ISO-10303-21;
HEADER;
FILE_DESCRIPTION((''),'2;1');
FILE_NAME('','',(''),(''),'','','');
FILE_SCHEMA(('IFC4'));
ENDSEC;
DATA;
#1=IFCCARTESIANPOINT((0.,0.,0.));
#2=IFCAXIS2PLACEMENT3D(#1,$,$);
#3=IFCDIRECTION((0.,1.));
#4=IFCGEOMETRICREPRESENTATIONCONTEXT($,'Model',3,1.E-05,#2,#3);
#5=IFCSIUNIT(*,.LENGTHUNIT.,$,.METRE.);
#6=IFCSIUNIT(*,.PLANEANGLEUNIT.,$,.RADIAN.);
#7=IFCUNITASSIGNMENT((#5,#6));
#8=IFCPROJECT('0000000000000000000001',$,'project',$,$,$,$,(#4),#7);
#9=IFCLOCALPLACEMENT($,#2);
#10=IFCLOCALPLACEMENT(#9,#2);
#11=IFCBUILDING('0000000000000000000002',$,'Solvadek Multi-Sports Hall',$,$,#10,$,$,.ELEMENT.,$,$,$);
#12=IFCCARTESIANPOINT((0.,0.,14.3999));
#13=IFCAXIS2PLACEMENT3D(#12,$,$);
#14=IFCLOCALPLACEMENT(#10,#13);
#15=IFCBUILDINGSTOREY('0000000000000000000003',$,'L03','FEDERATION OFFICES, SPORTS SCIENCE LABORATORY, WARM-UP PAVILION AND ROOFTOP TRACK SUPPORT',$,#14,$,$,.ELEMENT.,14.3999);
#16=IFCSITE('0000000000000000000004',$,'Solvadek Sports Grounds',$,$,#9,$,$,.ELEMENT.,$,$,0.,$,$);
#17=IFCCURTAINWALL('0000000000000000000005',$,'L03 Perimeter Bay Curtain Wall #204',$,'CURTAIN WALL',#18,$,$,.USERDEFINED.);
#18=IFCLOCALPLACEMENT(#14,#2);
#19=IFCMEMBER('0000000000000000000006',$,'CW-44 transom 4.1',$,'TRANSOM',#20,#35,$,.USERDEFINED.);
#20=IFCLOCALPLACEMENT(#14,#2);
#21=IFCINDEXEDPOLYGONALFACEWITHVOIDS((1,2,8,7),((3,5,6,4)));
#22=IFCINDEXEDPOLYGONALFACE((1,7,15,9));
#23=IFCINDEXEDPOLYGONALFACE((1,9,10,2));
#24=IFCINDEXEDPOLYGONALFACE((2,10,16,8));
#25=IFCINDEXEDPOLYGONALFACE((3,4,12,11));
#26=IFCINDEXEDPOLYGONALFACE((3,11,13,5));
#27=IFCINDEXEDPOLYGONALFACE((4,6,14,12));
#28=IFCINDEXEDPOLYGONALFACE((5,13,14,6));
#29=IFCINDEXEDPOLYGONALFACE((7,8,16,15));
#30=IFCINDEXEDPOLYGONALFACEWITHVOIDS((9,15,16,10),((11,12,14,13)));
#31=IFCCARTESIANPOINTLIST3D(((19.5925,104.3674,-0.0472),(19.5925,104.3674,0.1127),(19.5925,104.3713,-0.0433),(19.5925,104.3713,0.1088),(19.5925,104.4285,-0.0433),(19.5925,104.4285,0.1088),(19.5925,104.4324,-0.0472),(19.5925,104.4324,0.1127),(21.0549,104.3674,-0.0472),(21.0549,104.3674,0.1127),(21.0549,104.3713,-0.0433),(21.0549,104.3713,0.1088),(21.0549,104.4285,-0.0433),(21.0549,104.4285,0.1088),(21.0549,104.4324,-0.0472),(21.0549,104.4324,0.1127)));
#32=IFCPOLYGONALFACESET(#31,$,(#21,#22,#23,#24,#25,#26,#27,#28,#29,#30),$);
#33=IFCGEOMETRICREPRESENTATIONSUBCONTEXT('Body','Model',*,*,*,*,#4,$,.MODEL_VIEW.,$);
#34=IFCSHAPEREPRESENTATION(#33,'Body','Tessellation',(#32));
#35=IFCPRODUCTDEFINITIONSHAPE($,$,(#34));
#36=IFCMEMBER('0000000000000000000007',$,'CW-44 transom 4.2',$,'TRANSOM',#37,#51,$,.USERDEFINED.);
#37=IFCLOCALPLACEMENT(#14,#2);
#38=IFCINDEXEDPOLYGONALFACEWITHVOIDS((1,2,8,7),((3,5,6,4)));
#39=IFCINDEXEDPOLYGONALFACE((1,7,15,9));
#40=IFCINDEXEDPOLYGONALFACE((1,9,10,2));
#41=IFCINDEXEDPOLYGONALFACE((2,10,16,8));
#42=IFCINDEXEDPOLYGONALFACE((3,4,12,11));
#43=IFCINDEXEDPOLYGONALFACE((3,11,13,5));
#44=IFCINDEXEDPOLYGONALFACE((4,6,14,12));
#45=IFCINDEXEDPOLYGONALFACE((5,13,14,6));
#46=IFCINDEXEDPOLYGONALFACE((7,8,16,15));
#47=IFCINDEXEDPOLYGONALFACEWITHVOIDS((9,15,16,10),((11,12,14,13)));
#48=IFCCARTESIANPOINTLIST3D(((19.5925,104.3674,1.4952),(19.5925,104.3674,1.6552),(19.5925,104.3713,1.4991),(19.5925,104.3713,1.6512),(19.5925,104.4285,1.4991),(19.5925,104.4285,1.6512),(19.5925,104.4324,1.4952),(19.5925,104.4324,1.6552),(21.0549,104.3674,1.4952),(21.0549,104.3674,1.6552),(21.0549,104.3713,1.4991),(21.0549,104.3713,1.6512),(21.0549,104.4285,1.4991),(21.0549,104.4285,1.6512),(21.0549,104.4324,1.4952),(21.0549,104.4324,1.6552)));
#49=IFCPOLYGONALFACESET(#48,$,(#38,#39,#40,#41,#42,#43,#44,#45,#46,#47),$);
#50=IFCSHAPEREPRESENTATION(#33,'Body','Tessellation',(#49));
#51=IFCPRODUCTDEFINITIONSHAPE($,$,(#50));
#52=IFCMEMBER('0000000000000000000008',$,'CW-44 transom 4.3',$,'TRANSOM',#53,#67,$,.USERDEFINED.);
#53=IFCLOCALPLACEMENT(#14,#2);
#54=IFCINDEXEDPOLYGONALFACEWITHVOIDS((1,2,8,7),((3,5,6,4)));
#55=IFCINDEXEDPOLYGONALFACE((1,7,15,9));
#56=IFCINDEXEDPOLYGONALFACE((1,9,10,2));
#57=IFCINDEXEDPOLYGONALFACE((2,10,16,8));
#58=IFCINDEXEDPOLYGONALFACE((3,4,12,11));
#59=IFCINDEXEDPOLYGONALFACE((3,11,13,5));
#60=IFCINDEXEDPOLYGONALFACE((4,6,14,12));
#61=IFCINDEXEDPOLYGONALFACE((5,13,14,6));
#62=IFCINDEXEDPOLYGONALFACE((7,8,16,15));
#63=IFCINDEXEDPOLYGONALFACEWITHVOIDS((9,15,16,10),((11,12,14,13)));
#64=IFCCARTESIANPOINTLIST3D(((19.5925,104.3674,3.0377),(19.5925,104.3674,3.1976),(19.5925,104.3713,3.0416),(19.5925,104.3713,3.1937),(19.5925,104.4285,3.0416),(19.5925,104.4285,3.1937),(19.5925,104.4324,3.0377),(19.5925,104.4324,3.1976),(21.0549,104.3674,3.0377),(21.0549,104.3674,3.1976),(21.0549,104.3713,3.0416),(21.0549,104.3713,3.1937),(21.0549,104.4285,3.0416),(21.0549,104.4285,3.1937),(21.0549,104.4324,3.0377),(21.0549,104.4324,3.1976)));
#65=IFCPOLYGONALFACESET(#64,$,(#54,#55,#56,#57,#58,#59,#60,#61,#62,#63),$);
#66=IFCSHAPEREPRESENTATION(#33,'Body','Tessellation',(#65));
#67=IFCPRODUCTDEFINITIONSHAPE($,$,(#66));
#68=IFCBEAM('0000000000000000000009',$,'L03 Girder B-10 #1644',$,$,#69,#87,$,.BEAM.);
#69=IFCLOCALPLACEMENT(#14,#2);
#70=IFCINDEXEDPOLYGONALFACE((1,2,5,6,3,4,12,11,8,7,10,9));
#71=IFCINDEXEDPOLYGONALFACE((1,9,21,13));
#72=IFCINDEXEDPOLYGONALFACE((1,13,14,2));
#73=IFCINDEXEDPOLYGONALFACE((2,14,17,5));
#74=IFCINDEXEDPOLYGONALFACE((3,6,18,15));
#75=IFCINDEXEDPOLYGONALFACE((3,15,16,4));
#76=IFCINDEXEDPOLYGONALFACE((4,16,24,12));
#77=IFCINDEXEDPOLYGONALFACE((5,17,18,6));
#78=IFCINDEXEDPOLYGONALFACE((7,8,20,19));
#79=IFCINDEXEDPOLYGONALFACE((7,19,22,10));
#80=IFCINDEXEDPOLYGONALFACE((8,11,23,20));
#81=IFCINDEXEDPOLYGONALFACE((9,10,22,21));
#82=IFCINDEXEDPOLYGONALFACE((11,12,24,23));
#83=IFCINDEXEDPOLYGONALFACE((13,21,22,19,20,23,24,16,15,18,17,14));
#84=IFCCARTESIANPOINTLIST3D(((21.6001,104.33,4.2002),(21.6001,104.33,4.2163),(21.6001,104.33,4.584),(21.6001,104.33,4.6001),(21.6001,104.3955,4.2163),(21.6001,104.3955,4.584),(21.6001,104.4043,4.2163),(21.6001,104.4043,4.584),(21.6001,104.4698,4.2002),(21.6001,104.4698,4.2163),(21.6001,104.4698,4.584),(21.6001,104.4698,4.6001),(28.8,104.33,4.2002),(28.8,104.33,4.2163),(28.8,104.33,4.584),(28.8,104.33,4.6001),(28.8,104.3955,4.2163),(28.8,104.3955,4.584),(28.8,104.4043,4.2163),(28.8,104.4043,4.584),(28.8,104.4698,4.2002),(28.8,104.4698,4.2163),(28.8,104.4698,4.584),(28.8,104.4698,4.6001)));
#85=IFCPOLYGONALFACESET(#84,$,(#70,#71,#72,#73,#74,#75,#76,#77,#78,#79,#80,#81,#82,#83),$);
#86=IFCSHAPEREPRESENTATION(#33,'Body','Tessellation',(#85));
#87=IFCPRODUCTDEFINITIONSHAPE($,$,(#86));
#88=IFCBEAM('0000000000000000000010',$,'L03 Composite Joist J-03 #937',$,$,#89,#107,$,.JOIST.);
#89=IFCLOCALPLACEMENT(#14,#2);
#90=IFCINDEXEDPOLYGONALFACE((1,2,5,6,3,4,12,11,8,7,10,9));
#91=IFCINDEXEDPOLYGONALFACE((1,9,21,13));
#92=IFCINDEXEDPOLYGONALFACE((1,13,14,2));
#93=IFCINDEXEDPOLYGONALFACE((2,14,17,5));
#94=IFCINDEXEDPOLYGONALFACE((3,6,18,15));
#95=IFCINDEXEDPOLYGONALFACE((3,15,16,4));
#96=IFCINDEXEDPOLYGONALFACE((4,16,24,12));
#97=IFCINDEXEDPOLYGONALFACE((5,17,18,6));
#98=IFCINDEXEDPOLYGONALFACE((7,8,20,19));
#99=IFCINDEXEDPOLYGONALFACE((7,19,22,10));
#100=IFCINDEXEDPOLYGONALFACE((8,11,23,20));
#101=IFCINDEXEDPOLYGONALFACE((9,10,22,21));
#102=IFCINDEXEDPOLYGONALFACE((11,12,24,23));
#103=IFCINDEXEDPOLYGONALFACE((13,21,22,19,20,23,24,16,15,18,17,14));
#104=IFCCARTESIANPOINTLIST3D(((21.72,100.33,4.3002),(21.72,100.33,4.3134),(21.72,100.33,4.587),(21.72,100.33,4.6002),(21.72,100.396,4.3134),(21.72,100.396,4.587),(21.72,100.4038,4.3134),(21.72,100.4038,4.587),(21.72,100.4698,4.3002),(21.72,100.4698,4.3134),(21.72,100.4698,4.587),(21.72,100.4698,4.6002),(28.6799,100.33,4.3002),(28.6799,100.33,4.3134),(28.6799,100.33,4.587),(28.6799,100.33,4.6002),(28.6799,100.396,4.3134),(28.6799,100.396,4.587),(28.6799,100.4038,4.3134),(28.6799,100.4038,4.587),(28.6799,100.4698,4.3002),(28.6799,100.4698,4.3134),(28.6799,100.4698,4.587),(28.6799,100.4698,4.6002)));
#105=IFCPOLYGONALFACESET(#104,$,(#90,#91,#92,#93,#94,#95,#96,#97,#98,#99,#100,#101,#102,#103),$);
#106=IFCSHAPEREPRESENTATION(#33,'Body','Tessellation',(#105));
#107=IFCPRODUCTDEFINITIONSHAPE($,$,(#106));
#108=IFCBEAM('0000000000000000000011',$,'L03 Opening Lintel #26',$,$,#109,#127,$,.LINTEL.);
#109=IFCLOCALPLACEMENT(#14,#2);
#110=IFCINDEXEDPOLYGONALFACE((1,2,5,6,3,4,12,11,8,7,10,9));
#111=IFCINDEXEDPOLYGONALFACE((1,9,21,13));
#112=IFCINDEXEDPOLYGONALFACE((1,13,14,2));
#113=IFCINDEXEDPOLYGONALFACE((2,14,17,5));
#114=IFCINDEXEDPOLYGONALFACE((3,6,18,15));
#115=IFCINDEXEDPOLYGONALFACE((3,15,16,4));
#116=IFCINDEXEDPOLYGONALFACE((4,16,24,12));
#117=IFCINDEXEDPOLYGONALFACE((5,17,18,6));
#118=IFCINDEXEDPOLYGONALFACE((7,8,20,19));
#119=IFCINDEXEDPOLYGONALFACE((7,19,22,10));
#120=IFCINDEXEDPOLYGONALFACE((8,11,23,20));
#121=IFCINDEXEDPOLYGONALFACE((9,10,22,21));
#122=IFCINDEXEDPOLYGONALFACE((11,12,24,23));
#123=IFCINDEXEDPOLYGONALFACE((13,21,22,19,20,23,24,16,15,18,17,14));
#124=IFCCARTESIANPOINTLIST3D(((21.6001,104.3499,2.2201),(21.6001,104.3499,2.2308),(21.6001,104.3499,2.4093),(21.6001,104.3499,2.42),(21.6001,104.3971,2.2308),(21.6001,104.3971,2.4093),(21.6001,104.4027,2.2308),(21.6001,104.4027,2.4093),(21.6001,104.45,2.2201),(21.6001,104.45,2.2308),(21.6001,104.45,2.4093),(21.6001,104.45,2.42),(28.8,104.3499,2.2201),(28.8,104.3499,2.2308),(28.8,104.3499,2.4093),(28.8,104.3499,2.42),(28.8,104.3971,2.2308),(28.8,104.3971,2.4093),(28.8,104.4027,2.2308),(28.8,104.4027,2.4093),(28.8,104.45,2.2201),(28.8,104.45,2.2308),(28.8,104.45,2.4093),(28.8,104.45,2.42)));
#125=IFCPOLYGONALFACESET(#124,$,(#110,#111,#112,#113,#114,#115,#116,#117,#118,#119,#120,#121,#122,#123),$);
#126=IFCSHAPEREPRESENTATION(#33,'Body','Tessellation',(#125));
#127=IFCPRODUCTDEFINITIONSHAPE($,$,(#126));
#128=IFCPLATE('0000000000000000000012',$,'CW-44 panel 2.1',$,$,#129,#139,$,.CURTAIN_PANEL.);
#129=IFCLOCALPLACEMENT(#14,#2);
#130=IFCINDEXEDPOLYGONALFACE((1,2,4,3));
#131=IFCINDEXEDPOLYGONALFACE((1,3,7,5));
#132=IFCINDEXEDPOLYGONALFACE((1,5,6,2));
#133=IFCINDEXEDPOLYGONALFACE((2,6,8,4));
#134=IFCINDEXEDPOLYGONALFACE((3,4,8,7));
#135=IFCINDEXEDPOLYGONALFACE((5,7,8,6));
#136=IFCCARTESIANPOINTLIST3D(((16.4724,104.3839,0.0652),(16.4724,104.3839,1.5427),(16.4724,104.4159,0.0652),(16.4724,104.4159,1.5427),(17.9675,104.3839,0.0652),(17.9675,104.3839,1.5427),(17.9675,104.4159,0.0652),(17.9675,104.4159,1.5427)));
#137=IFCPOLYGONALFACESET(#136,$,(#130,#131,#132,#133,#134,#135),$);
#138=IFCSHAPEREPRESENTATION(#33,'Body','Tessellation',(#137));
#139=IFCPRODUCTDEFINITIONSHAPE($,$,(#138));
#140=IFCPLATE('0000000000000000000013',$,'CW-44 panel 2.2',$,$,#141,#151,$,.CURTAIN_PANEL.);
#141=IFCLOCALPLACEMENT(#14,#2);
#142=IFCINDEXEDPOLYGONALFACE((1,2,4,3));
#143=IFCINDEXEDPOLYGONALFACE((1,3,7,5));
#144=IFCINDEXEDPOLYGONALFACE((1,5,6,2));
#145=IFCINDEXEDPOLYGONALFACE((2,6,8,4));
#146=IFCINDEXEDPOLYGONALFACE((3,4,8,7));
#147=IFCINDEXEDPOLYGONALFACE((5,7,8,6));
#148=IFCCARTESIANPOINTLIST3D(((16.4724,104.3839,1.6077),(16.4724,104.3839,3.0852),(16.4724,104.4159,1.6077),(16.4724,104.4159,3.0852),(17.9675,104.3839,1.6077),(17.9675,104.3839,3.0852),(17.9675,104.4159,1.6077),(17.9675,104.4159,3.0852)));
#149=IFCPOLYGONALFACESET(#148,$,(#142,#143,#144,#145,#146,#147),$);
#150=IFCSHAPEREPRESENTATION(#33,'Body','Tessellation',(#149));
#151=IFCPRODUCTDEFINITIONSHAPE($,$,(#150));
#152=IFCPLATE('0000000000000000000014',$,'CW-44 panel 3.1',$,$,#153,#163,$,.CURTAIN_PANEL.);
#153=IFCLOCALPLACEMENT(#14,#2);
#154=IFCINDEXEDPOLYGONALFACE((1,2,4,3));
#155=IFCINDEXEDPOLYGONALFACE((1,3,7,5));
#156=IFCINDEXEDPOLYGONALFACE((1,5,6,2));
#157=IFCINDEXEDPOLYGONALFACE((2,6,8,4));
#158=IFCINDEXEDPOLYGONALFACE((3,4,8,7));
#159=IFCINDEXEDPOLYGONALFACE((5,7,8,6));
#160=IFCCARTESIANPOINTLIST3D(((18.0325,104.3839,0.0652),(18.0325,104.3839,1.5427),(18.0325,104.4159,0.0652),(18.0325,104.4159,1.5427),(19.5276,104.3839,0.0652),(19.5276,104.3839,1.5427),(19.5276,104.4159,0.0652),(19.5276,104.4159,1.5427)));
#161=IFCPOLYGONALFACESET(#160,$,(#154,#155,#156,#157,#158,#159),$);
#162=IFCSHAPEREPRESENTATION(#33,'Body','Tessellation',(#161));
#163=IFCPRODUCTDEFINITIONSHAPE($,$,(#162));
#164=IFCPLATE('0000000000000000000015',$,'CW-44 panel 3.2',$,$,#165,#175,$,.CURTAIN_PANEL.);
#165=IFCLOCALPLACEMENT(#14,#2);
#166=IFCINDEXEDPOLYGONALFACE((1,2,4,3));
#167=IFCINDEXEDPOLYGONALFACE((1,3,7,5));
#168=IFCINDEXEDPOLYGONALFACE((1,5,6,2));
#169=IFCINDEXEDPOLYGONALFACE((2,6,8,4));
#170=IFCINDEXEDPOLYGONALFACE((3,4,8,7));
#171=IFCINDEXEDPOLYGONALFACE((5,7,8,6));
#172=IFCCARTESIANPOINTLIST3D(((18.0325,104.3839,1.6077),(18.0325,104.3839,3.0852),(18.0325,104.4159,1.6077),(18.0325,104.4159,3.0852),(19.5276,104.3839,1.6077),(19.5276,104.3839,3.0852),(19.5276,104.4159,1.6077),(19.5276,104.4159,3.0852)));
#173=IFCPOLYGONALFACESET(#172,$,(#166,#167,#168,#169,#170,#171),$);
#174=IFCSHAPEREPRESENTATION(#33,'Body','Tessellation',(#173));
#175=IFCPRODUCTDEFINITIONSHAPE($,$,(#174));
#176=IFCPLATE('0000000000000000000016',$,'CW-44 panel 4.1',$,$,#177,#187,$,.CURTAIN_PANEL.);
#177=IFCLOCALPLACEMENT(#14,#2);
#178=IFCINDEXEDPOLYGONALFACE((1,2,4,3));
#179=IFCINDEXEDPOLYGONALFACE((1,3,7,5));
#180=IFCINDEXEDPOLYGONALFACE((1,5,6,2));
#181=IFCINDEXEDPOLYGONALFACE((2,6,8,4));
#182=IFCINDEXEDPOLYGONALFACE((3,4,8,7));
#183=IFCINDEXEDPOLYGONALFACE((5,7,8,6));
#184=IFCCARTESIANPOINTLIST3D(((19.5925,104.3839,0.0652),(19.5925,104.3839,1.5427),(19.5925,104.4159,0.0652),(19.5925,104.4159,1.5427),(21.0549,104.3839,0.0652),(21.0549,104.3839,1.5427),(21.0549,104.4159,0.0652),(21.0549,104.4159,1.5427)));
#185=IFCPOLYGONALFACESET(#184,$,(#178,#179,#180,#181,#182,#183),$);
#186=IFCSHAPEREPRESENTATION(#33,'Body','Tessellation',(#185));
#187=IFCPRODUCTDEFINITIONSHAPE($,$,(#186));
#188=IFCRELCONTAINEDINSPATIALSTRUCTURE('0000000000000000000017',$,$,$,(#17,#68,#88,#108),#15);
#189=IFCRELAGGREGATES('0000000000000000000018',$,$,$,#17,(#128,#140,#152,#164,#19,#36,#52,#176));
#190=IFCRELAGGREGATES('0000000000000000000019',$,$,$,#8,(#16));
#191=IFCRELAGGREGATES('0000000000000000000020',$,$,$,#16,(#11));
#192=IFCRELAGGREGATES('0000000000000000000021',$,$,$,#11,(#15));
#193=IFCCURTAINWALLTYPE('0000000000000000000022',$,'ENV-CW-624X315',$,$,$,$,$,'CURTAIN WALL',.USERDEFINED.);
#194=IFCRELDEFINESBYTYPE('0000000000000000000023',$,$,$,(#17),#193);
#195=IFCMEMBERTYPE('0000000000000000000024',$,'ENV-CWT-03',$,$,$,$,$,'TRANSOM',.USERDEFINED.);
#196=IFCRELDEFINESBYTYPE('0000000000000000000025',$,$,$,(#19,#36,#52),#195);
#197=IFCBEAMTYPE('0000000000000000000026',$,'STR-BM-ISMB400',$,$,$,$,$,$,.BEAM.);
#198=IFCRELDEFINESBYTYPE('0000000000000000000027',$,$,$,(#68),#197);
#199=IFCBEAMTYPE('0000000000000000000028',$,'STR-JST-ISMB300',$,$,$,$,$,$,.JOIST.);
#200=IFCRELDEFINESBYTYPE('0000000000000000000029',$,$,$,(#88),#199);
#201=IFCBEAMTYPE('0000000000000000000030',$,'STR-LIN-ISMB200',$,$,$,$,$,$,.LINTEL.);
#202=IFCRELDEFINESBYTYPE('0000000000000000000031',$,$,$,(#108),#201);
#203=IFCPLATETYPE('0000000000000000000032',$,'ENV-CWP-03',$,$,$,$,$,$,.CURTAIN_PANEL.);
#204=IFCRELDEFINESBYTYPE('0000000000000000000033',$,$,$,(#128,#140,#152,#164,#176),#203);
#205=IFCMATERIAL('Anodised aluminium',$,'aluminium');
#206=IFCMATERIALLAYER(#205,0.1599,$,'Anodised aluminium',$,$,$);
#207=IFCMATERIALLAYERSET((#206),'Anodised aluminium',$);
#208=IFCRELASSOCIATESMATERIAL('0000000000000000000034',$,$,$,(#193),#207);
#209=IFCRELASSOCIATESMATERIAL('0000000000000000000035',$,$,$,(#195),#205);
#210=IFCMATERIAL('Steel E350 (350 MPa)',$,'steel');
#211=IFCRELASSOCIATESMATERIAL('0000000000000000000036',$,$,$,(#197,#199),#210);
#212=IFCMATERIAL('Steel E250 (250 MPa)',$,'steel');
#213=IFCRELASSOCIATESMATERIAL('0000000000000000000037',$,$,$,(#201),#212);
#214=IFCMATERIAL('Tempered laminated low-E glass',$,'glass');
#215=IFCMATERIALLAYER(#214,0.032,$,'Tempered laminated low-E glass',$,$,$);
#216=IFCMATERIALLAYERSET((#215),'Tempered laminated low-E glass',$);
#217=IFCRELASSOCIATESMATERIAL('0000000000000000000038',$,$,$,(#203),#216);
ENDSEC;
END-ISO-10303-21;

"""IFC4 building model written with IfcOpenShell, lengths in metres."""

from ifc_helpers import new_model, si_unit, direction, frame, origin, origin_2d, place, context, subcontext, project, spatial, rectangle, hollow_rectangle, i_section, extrude, material, layer, layer_set, material_profile, profile_set, type_object, element, aggregate, save


model = new_model("IFC4")

# Units and contexts
model_context = context("Model", 3, precision=1e-05, world=origin(), true_north=direction((0.0, 1.0)))
body_context = subcontext(model_context, "Body", "Model", "MODEL_VIEW")
ifc_project = project(units=[si_unit("LENGTHUNIT", "METRE"), si_unit("PLANEANGLEUNIT", "RADIAN")], contexts=[model_context])

# Site, building, storey
site_placement = place(None, origin())
site = spatial("IfcSite", under=ifc_project, at=site_placement, Name="Solvadek Sports Grounds", CompositionType="ELEMENT", RefElevation=0.0)
building_placement = place(site_placement, origin())
building = spatial("IfcBuilding", under=site, at=building_placement, Name="Solvadek Multi-Sports Hall", CompositionType="ELEMENT")
storey_placement = place(building_placement, frame((0.0, 0.0, 14.3999)))
storey = spatial("IfcBuildingStorey", under=building, at=storey_placement, Name="L03", Description="FEDERATION OFFICES, SPORTS SCIENCE LABORATORY, WARM-UP PAVILION AND ROOFTOP TRACK SUPPORT", CompositionType="ELEMENT", Elevation=14.3999)

# Shared definitions
ifc_material_1 = material(Name="Steel E350 (350 MPa)", Category="steel")

# Curtain wall, members
ifc_material_2 = material(Name="Anodised aluminium", Category="aluminium")
ifc_layer_1 = layer(ifc_material_2, 0.1599, Name="Anodised aluminium")
ifc_layer_set_1 = layer_set([ifc_layer_1], Name="Anodised aluminium")
curtain_wall_type = type_object("IfcCurtainWallType", Name="ENV-CW-624X315", ElementType="CURTAIN WALL", PredefinedType="USERDEFINED", material=ifc_layer_set_1)
curtain_wall_placement = place(storey_placement, origin())
curtain_wall = element("IfcCurtainWall", 1, at=curtain_wall_placement, inside=storey, type_object=curtain_wall_type, Name="L03 Perimeter Bay Curtain Wall #204", ObjectType="CURTAIN WALL", PredefinedType="USERDEFINED")
ifc_material_profile_1 = material_profile(ifc_material_2, hollow_rectangle(XDim=0.0649, YDim=0.1599, WallThickness=0.0039, at=origin_2d()), Name="ALU-T 160x65x4")
ifc_profile_set_1 = profile_set([ifc_material_profile_1], Name="Anodised aluminium")
member_type_1 = type_object("IfcMemberType", Name="ENV-CWT-03", ElementType="TRANSOM", PredefinedType="USERDEFINED", material=ifc_profile_set_1)
member_1_placement = place(storey_placement, frame((19.5925, 104.3999, 0.0327), z_axis=(1.0, 0.0, 0.0), x_axis=(0.0, 1.0, 0.0)))
member_1 = element("IfcMember", 2, at=member_1_placement, type_object=member_type_1, Name="CW-44 transom 4.1", ObjectType="TRANSOM", PredefinedType="USERDEFINED", context=body_context, shape_type="SweptSolid", body=[
    extrude(hollow_rectangle(XDim=0.0649, YDim=0.1599, WallThickness=0.0039, at=origin_2d()), origin(), (0.0, 0.0, 1.0), 1.4624),
])
member_2_placement = place(storey_placement, frame((19.5925, 104.3999, 1.5752), z_axis=(1.0, 0.0, 0.0), x_axis=(0.0, 1.0, 0.0)))
member_2 = element("IfcMember", 3, at=member_2_placement, type_object=member_type_1, Name="CW-44 transom 4.2", ObjectType="TRANSOM", PredefinedType="USERDEFINED", context=body_context, shape_type="SweptSolid", body=[
    extrude(hollow_rectangle(XDim=0.0649, YDim=0.1599, WallThickness=0.0039, at=origin_2d()), origin(), (0.0, 0.0, 1.0), 1.4624),
])
member_3_placement = place(storey_placement, frame((19.5925, 104.3999, 3.1177), z_axis=(1.0, 0.0, 0.0), x_axis=(0.0, 1.0, 0.0)))
member_3 = element("IfcMember", 4, at=member_3_placement, type_object=member_type_1, Name="CW-44 transom 4.3", ObjectType="TRANSOM", PredefinedType="USERDEFINED", context=body_context, shape_type="SweptSolid", body=[
    extrude(hollow_rectangle(XDim=0.0649, YDim=0.1599, WallThickness=0.0039, at=origin_2d()), origin(), (0.0, 0.0, 1.0), 1.4624),
])

# Beams
ifc_material_profile_2 = material_profile(ifc_material_1, i_section(OverallWidth=0.1399, OverallDepth=0.3999, WebThickness=0.0088, FlangeThickness=0.0161, at=origin_2d()), Name="ISMB 400")
ifc_profile_set_2 = profile_set([ifc_material_profile_2], Name="Steel E350 (350 MPa)")
beam_type_1 = type_object("IfcBeamType", Name="STR-BM-ISMB400", PredefinedType="BEAM", material=ifc_profile_set_2)
beam_1_placement = place(storey_placement, frame((21.6001, 104.3999, 4.4001), z_axis=(1.0, 0.0, 0.0), x_axis=(0.0, 1.0, 0.0)))
element("IfcBeam", 5, at=beam_1_placement, inside=storey, type_object=beam_type_1, Name="L03 Girder B-10 #1644", PredefinedType="BEAM", context=body_context, shape_type="SweptSolid", body=[
    extrude(i_section(OverallWidth=0.1399, OverallDepth=0.3999, WebThickness=0.0088, FlangeThickness=0.0161, at=origin_2d()), origin(), (0.0, 0.0, 1.0), 7.2),
])
ifc_material_profile_3 = material_profile(ifc_material_1, i_section(OverallWidth=0.1399, OverallDepth=0.3, WebThickness=0.0078, FlangeThickness=0.0132, at=origin_2d()), Name="ISMB 300")
ifc_profile_set_3 = profile_set([ifc_material_profile_3], Name="Steel E350 (350 MPa)")
beam_type_2 = type_object("IfcBeamType", Name="STR-JST-ISMB300", PredefinedType="JOIST", material=ifc_profile_set_3)
beam_2_placement = place(storey_placement, frame((21.72, 100.3999, 4.4502), z_axis=(1.0, 0.0, 0.0), x_axis=(0.0, 1.0, 0.0)))
element("IfcBeam", 6, at=beam_2_placement, inside=storey, type_object=beam_type_2, Name="L03 Composite Joist J-03 #937", PredefinedType="JOIST", context=body_context, shape_type="SweptSolid", body=[
    extrude(i_section(OverallWidth=0.1399, OverallDepth=0.3, WebThickness=0.0078, FlangeThickness=0.0132, at=origin_2d()), origin(), (0.0, 0.0, 1.0), 6.96),
])
ifc_material_3 = material(Name="Steel E250 (250 MPa)", Category="steel")
ifc_material_profile_4 = material_profile(ifc_material_3, i_section(OverallWidth=0.1001, OverallDepth=0.2, WebThickness=0.0056, FlangeThickness=0.0107, at=origin_2d()), Name="ISMB 200")
ifc_profile_set_4 = profile_set([ifc_material_profile_4], Name="Steel E250 (250 MPa)")
beam_type_3 = type_object("IfcBeamType", Name="STR-LIN-ISMB200", PredefinedType="LINTEL", material=ifc_profile_set_4)
beam_3_placement = place(storey_placement, frame((21.6001, 104.3999, 2.3201), z_axis=(1.0, 0.0, 0.0), x_axis=(0.0, 1.0, 0.0)))
element("IfcBeam", 7, at=beam_3_placement, inside=storey, type_object=beam_type_3, Name="L03 Opening Lintel #26", PredefinedType="LINTEL", context=body_context, shape_type="SweptSolid", body=[
    extrude(i_section(OverallWidth=0.1001, OverallDepth=0.2, WebThickness=0.0056, FlangeThickness=0.0107, at=origin_2d()), origin(), (0.0, 0.0, 1.0), 7.2),
])

# Plates
ifc_material_4 = material(Name="Tempered laminated low-E glass", Category="glass")
ifc_layer_2 = layer(ifc_material_4, 0.032, Name="Tempered laminated low-E glass")
ifc_layer_set_2 = layer_set([ifc_layer_2], Name="Tempered laminated low-E glass")
plate_type = type_object("IfcPlateType", Name="ENV-CWP-03", PredefinedType="CURTAIN_PANEL", material=ifc_layer_set_2)
plate_1_placement = place(storey_placement, frame((17.22, 104.3999, 0.0652), z_axis=(0.0, 0.0, 1.0), x_axis=(1.0, 0.0, 0.0)))
plate_1 = element("IfcPlate", 8, at=plate_1_placement, type_object=plate_type, Name="CW-44 panel 2.1", PredefinedType="CURTAIN_PANEL", context=body_context, shape_type="SweptSolid", body=[
    extrude(rectangle(XDim=1.4951, YDim=0.032, at=origin_2d()), origin(), (0.0, 0.0, 1.0), 1.4775),
])
plate_2_placement = place(storey_placement, frame((17.22, 104.3999, 1.6077), z_axis=(0.0, 0.0, 1.0), x_axis=(1.0, 0.0, 0.0)))
plate_2 = element("IfcPlate", 9, at=plate_2_placement, type_object=plate_type, Name="CW-44 panel 2.2", PredefinedType="CURTAIN_PANEL", context=body_context, shape_type="SweptSolid", body=[
    extrude(rectangle(XDim=1.4951, YDim=0.032, at=origin_2d()), origin(), (0.0, 0.0, 1.0), 1.4775),
])
plate_3_placement = place(storey_placement, frame((18.78, 104.3999, 0.0652), z_axis=(0.0, 0.0, 1.0), x_axis=(1.0, 0.0, 0.0)))
plate_3 = element("IfcPlate", 10, at=plate_3_placement, type_object=plate_type, Name="CW-44 panel 3.1", PredefinedType="CURTAIN_PANEL", context=body_context, shape_type="SweptSolid", body=[
    extrude(rectangle(XDim=1.4951, YDim=0.032, at=origin_2d()), origin(), (0.0, 0.0, 1.0), 1.4775),
])
plate_4_placement = place(storey_placement, frame((18.78, 104.3999, 1.6077), z_axis=(0.0, 0.0, 1.0), x_axis=(1.0, 0.0, 0.0)))
plate_4 = element("IfcPlate", 11, at=plate_4_placement, type_object=plate_type, Name="CW-44 panel 3.2", PredefinedType="CURTAIN_PANEL", context=body_context, shape_type="SweptSolid", body=[
    extrude(rectangle(XDim=1.4951, YDim=0.032, at=origin_2d()), origin(), (0.0, 0.0, 1.0), 1.4775),
])
plate_5_placement = place(storey_placement, frame((20.3237, 104.3999, 0.0652), z_axis=(0.0, 0.0, 1.0), x_axis=(1.0, 0.0, 0.0)))
plate_5 = element("IfcPlate", 12, at=plate_5_placement, type_object=plate_type, Name="CW-44 panel 4.1", PredefinedType="CURTAIN_PANEL", context=body_context, shape_type="SweptSolid", body=[
    extrude(rectangle(XDim=1.4624, YDim=0.032, at=origin_2d()), origin(), (0.0, 0.0, 1.0), 1.4775),
])
aggregate(curtain_wall, [plate_1, plate_2, plate_3, plate_4, member_1, member_2, member_3, plate_5])

save(model, "model.ifc")
